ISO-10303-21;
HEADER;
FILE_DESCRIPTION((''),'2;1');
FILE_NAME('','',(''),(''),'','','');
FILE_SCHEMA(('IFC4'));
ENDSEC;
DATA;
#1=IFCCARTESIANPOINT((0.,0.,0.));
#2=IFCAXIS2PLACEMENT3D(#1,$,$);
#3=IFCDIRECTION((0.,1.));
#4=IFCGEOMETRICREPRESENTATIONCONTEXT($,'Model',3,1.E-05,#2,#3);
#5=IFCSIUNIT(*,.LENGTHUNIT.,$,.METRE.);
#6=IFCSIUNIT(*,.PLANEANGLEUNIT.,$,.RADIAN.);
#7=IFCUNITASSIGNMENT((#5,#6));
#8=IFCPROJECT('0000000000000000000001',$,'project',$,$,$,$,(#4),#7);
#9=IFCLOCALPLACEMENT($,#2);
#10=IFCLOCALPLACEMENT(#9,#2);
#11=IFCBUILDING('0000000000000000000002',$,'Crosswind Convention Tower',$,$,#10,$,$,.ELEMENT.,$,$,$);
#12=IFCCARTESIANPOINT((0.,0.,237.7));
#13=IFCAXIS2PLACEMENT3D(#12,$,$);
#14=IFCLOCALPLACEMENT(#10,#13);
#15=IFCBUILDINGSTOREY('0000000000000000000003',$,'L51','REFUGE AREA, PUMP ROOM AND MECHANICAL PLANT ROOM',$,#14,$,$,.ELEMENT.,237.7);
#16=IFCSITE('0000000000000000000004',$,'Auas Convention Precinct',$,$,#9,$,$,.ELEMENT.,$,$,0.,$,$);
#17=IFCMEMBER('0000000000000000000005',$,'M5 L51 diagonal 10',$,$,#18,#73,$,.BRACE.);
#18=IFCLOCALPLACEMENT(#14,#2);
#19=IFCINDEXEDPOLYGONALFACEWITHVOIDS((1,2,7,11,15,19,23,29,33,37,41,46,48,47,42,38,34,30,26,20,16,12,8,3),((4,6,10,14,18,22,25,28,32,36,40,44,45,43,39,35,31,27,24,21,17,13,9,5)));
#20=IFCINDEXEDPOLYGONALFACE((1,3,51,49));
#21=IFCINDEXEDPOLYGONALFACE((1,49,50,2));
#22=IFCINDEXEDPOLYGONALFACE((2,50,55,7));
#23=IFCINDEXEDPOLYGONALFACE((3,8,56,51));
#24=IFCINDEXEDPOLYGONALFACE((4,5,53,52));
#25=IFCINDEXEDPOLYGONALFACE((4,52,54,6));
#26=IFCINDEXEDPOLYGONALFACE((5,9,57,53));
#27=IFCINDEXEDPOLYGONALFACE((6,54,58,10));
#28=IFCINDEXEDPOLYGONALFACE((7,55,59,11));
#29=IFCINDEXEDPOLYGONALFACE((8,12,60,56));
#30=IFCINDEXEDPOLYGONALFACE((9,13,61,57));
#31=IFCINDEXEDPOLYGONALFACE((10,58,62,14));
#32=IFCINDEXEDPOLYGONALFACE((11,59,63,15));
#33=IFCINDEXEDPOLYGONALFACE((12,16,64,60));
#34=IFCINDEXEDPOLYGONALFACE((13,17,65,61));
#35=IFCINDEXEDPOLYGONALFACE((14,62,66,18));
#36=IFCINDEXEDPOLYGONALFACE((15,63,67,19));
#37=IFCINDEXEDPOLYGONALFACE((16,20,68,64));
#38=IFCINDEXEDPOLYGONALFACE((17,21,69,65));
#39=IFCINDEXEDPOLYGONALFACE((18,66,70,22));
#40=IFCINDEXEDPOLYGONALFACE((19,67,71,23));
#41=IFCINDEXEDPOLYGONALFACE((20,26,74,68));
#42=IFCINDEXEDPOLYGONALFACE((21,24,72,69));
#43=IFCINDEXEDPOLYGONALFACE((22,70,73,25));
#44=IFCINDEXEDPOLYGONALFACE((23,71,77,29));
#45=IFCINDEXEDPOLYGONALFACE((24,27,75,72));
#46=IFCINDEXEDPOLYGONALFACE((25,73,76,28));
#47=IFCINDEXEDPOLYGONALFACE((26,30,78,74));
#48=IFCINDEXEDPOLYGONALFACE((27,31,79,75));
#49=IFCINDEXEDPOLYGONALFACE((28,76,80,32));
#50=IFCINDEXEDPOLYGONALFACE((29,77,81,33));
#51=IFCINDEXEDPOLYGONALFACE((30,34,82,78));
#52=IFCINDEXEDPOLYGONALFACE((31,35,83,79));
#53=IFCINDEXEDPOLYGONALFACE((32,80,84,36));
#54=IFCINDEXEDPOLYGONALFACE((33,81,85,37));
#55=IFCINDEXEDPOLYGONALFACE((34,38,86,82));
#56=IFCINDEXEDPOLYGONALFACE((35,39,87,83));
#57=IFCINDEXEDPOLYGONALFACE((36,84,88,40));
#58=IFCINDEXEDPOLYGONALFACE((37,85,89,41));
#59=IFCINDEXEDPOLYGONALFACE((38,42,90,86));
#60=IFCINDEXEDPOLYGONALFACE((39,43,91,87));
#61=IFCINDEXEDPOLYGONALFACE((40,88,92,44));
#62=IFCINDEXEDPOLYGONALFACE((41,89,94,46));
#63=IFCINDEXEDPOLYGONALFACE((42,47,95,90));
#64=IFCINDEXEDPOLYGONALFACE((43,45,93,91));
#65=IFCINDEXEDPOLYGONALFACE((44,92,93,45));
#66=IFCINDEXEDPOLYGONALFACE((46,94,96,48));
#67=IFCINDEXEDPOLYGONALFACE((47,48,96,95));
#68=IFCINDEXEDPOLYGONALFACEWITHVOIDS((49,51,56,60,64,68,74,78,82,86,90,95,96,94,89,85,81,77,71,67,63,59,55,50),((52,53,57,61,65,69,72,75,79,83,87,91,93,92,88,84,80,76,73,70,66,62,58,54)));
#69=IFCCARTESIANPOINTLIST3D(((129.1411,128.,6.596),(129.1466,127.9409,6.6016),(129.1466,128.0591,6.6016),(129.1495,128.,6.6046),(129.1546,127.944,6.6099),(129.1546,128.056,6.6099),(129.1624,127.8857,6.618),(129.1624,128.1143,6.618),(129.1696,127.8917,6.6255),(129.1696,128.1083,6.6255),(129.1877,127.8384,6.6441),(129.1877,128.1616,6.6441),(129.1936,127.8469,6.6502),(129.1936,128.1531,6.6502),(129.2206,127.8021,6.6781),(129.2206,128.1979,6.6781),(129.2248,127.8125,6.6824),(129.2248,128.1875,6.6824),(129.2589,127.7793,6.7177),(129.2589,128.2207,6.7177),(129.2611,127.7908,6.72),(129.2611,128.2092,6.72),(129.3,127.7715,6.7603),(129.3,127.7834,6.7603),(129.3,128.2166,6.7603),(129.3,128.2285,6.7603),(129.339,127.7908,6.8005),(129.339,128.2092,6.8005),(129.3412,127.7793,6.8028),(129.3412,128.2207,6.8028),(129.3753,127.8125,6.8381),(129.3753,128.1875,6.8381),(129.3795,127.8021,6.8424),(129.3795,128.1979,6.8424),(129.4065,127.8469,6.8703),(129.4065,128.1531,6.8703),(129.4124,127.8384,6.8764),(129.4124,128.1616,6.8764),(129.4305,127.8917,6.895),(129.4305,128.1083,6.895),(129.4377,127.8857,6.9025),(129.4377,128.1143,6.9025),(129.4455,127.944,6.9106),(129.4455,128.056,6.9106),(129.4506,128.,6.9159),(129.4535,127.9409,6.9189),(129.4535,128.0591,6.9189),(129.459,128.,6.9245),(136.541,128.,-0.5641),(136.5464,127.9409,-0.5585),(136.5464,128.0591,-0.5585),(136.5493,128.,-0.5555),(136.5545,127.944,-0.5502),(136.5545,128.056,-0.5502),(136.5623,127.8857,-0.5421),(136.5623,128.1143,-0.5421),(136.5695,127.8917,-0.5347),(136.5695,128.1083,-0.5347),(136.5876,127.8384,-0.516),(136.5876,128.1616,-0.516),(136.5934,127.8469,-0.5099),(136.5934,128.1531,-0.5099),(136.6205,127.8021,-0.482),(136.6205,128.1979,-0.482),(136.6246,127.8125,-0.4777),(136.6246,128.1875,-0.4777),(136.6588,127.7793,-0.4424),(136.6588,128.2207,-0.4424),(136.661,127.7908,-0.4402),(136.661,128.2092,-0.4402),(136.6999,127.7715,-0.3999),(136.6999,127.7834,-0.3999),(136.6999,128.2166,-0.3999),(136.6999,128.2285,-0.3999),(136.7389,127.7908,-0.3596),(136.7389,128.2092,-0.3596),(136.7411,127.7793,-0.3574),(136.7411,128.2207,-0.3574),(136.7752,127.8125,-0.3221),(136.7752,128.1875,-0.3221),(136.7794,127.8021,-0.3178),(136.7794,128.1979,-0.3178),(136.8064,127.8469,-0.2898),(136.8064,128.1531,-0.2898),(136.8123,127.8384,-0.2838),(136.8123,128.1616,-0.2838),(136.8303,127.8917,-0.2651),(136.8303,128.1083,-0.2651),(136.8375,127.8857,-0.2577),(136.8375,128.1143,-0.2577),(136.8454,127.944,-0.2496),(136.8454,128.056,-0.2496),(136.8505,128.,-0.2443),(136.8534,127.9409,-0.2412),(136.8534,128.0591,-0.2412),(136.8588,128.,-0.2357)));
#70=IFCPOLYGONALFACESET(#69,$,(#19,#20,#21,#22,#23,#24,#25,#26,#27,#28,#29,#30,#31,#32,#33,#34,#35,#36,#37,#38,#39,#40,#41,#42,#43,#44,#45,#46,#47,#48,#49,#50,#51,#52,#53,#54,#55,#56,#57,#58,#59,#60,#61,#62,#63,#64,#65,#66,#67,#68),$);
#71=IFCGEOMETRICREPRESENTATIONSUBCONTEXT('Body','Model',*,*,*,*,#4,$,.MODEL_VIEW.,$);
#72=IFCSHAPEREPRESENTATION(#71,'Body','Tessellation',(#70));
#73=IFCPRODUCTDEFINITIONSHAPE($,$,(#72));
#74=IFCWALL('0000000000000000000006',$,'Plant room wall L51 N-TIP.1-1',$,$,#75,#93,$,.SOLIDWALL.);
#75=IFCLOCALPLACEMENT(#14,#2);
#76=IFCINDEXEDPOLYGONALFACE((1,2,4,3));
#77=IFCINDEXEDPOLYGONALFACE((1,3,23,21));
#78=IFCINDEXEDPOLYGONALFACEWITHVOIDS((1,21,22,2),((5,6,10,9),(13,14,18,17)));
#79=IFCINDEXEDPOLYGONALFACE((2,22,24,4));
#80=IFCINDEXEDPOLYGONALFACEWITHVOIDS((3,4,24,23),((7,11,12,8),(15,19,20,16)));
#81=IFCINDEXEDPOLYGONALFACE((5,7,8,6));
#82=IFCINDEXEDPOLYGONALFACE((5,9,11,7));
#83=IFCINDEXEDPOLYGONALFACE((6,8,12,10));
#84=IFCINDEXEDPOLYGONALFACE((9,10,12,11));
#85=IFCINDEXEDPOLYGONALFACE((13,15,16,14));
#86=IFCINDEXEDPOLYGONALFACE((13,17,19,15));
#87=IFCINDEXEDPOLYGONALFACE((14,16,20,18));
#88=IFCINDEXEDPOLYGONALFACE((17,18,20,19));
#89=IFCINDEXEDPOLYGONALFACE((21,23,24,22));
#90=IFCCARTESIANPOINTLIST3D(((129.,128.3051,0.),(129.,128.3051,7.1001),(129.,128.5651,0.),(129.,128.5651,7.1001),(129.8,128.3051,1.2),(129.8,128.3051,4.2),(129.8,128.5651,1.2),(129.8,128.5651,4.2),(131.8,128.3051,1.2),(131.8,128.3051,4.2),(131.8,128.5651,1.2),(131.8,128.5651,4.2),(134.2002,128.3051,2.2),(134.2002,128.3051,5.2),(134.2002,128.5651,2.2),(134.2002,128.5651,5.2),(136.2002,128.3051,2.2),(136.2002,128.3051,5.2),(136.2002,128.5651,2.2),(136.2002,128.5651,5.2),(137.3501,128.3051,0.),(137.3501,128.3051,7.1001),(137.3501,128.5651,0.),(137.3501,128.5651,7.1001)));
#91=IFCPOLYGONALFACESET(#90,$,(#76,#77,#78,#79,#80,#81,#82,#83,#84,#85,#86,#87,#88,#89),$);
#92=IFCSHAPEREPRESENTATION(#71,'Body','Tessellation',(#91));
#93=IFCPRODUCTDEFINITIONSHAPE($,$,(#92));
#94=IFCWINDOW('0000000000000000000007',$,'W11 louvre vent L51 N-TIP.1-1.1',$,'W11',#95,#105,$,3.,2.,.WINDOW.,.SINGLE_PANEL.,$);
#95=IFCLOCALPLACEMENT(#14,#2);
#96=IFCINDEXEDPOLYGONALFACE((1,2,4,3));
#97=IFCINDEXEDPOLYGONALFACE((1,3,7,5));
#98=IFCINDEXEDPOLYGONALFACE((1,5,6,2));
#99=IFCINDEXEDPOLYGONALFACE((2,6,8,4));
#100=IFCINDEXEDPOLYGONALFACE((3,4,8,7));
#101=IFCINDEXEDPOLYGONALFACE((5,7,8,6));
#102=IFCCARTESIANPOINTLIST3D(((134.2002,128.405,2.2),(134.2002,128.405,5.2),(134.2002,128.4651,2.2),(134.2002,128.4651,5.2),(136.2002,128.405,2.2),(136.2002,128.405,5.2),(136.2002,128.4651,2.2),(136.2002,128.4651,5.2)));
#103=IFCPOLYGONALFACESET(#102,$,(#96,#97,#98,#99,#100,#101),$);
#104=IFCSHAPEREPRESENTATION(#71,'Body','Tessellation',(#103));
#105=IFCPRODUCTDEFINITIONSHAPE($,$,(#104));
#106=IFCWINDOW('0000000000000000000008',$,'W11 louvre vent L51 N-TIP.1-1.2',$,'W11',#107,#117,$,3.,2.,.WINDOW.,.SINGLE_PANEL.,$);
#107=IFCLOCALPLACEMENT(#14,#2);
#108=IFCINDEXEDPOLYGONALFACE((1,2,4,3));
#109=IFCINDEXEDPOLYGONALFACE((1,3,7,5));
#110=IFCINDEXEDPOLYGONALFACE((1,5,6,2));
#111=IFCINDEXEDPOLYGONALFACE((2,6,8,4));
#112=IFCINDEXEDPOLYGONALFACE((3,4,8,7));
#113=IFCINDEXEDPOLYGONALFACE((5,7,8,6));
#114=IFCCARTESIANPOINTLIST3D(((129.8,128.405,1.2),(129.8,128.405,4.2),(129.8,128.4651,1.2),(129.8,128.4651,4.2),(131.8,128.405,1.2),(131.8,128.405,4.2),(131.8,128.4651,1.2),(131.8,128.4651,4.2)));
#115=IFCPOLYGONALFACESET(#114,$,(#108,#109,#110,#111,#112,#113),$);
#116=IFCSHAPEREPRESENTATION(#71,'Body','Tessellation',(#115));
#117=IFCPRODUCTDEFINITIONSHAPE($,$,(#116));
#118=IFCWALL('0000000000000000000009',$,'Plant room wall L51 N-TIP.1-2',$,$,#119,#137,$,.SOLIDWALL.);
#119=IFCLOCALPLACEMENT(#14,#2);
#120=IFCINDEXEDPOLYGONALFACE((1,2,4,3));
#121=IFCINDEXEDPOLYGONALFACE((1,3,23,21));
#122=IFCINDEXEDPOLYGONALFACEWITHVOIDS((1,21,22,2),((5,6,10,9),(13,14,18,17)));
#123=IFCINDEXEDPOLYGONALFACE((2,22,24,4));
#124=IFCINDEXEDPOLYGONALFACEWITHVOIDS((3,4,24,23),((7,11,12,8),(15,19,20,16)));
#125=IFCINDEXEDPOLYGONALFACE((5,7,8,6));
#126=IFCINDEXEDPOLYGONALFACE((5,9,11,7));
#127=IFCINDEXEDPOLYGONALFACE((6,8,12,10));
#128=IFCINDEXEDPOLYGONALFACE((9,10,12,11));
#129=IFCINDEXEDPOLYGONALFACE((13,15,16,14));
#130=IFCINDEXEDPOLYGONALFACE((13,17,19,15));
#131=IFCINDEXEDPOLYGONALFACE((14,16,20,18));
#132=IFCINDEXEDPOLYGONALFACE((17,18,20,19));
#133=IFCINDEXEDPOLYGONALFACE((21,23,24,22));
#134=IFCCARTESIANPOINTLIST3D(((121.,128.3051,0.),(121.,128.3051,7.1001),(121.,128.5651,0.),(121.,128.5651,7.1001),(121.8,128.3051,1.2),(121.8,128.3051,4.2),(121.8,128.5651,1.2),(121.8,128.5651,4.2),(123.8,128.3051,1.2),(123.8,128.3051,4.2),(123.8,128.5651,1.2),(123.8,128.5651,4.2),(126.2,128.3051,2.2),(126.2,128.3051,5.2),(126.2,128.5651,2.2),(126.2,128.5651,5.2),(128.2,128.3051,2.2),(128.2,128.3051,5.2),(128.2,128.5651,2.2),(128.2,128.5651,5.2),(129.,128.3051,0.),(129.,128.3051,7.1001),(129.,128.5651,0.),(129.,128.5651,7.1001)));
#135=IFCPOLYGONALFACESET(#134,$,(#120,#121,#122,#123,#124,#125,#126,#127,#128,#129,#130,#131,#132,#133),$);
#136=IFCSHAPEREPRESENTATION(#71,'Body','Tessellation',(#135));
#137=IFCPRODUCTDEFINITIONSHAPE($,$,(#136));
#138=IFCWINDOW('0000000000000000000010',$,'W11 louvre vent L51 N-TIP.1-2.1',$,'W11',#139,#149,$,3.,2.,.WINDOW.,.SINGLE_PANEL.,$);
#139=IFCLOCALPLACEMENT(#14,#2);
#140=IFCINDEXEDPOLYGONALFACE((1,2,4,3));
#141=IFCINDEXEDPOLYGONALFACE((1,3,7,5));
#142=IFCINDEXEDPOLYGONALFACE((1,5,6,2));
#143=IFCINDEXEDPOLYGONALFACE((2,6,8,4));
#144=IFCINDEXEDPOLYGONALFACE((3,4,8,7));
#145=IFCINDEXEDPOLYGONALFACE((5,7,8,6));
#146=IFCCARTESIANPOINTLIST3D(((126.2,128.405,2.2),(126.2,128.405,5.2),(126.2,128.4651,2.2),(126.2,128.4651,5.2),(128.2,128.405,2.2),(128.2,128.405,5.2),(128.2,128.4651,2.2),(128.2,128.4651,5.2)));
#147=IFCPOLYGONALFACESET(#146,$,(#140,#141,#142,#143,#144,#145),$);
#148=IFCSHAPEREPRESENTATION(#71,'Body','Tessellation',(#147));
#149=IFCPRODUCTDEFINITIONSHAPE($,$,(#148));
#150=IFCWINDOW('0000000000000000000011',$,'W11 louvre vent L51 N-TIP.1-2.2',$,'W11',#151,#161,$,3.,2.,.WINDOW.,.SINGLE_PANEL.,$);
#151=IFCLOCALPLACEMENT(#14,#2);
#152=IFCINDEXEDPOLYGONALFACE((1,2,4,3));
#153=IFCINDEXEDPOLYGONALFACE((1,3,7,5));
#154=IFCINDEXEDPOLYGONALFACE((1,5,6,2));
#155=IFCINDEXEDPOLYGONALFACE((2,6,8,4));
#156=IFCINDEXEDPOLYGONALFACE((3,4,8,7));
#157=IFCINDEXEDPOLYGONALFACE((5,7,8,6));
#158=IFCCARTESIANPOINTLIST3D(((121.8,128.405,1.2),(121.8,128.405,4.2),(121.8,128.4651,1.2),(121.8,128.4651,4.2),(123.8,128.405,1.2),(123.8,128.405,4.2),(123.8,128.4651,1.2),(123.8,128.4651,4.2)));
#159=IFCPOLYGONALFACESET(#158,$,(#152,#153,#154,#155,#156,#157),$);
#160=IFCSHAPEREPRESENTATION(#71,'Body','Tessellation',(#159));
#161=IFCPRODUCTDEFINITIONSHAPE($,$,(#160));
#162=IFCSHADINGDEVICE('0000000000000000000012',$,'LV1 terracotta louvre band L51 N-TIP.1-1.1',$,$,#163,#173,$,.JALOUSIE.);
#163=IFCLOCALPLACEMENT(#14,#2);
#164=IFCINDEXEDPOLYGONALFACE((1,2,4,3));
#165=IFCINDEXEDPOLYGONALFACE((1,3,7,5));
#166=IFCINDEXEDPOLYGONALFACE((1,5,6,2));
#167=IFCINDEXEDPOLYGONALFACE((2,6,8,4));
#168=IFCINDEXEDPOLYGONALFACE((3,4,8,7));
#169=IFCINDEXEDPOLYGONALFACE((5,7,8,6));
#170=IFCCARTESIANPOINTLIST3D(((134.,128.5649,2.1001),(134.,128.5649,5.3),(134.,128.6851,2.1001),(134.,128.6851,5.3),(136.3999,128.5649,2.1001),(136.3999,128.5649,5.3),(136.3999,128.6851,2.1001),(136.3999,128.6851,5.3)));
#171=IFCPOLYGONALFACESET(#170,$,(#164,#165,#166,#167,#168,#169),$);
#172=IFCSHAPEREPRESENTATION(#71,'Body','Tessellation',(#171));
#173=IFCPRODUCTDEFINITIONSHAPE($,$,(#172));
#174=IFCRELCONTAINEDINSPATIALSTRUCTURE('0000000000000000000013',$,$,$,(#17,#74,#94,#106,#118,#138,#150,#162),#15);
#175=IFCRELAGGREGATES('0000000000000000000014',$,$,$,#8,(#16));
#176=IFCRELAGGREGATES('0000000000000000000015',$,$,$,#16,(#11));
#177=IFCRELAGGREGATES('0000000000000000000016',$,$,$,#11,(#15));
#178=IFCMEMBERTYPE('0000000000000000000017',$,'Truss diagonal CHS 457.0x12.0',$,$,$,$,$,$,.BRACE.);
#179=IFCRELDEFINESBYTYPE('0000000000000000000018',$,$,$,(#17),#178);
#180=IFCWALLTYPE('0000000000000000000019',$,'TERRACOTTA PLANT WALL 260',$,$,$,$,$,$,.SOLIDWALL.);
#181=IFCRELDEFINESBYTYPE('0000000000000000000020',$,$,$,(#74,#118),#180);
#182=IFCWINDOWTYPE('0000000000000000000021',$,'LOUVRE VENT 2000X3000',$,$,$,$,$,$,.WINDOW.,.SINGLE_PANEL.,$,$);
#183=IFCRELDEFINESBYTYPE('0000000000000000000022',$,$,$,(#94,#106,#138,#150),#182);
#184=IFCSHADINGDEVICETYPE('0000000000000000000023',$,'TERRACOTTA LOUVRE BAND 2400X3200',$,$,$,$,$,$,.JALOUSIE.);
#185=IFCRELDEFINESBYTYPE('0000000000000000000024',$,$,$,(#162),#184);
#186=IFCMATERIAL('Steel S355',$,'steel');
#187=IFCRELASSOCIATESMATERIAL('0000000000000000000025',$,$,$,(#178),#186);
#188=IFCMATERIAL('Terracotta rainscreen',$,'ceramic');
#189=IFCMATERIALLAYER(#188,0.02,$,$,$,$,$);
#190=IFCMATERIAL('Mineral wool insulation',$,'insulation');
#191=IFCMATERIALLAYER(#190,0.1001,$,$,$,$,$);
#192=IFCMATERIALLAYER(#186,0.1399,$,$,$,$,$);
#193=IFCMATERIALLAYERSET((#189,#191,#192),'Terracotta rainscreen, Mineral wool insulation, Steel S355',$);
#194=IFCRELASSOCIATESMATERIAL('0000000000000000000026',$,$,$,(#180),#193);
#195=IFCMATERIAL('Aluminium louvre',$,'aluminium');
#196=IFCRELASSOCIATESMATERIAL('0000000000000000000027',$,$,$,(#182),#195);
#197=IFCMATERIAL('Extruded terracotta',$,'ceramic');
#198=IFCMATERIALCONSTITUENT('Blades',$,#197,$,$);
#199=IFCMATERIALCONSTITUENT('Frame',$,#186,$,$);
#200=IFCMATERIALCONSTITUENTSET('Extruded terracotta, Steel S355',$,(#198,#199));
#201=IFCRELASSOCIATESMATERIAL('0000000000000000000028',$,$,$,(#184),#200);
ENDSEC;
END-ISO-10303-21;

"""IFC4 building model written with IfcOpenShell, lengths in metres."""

from ifc_helpers import new_model, si_unit, direction, frame, frame_2d, origin, origin_2d, place, context, subcontext, project, spatial, rectangle, hollow_circle, extrude, material, layer, layer_set, constituent, constituent_set, material_profile, profile_set, type_object, element, fill, save


model = new_model("IFC4")

# Units and contexts
model_context = context("Model", 3, precision=1e-05, world=origin(), true_north=direction((0.0, 1.0)))
body_context = subcontext(model_context, "Body", "Model", "MODEL_VIEW")
ifc_project = project(units=[si_unit("LENGTHUNIT", "METRE"), si_unit("PLANEANGLEUNIT", "RADIAN")], contexts=[model_context])

# Site, building, storey
site_placement = place(None, origin())
site = spatial("IfcSite", under=ifc_project, at=site_placement, Name="Auas Convention Precinct", CompositionType="ELEMENT", RefElevation=0.0)
building_placement = place(site_placement, origin())
building = spatial("IfcBuilding", under=site, at=building_placement, Name="Crosswind Convention Tower", CompositionType="ELEMENT")
storey_placement = place(building_placement, frame((0.0, 0.0, 237.7)))
storey = spatial("IfcBuildingStorey", under=building, at=storey_placement, Name="L51", Description="REFUGE AREA, PUMP ROOM AND MECHANICAL PLANT ROOM", CompositionType="ELEMENT", Elevation=237.7)

# Member
ifc_material_1 = material(Name="Steel S355", Category="steel")
ifc_material_profile_1 = material_profile(ifc_material_1, hollow_circle(Radius=0.2285, WallThickness=0.012, at=origin_2d()), Name="CHS 457.0x12.0")
ifc_profile_set_1 = profile_set([ifc_material_profile_1], Name="Steel S355")
member_type_1 = type_object("IfcMemberType", Name="Truss diagonal CHS 457.0x12.0", PredefinedType="BRACE", material=ifc_profile_set_1)
member_1_placement = place(storey_placement, frame((129.3, 128.0, 6.7603), z_axis=(0.718653, 0.0, -0.695369), x_axis=(0.0, 1.0, 0.0)))
element("IfcMember", 1, at=member_1_placement, inside=storey, type_object=member_type_1, Name="M5 L51 diagonal 10", PredefinedType="BRACE", context=body_context, shape_type="SweptSolid", body=[
    extrude(hollow_circle(Radius=0.2285, WallThickness=0.012, at=origin_2d()), origin(), (0.0, 0.0, 1.0), 10.2969),
])

# Walls, openings, windows
ifc_material_2 = material(Name="Terracotta rainscreen", Category="ceramic")
ifc_layer_1 = layer(ifc_material_2, 0.02)
ifc_material_3 = material(Name="Mineral wool insulation", Category="insulation")
ifc_layer_2 = layer(ifc_material_3, 0.1001)
ifc_layer_3 = layer(ifc_material_1, 0.1399)
ifc_layer_set_1 = layer_set([ifc_layer_1, ifc_layer_2, ifc_layer_3], Name="Terracotta rainscreen, Mineral wool insulation, Steel S355")
wall_type = type_object("IfcWallType", Name="TERRACOTTA PLANT WALL 260", PredefinedType="SOLIDWALL", material=ifc_layer_set_1)
wall_1_placement = place(storey_placement, frame((137.3501, 128.4351, 0.0), z_axis=(0.0, 0.0, 1.0), x_axis=(-1.0, 0.0, 0.0)))
wall_1 = element("IfcWall", 2, at=wall_1_placement, inside=storey, type_object=wall_type, Name="Plant room wall L51 N-TIP.1-1", PredefinedType="SOLIDWALL", context=body_context, shape_type="SweptSolid", body=[
    extrude(rectangle(XDim=8.3501, YDim=0.26, at=frame_2d((4.175, 0.0))), origin(), (0.0, 0.0, 1.0), 7.1001),
])
opening_1_placement = place(wall_1_placement, frame((1.1499, 0.0, 2.2)))
opening_1 = element("IfcOpeningElement", 3, at=opening_1_placement, cuts=wall_1, PredefinedType="OPENING", context=body_context, shape_type="SweptSolid", body=[
    extrude(rectangle(XDim=2.0, YDim=3.0, at=frame_2d((1.0, 1.5))), frame((0.0, 0.1399, 0.0), z_axis=(0.0, -1.0, 0.0), x_axis=(1.0, 0.0, 0.0)), (0.0, 0.0, 1.0), 0.28),
])
opening_2_placement = place(wall_1_placement, frame((5.55, 0.0, 1.2)))
opening_2 = element("IfcOpeningElement", 4, at=opening_2_placement, cuts=wall_1, PredefinedType="OPENING", context=body_context, shape_type="SweptSolid", body=[
    extrude(rectangle(XDim=2.0, YDim=3.0, at=frame_2d((1.0, 1.5))), frame((0.0, 0.1399, 0.0), z_axis=(0.0, -1.0, 0.0), x_axis=(1.0, 0.0, 0.0)), (0.0, 0.0, 1.0), 0.28),
])
ifc_material_4 = material(Name="Aluminium louvre", Category="aluminium")
window_type = type_object("IfcWindowType", Name="LOUVRE VENT 2000X3000", PartitioningType="SINGLE_PANEL", PredefinedType="WINDOW", material=ifc_material_4)
window_1_placement = place(opening_1_placement, origin())
window_1 = element("IfcWindow", 5, at=window_1_placement, inside=storey, type_object=window_type, Name="W11 louvre vent L51 N-TIP.1-1.1", ObjectType="W11", OverallHeight=3.0, OverallWidth=2.0, PartitioningType="SINGLE_PANEL", PredefinedType="WINDOW", context=body_context, shape_type="SweptSolid", body=[
    extrude(rectangle(XDim=2.0, YDim=3.0, at=frame_2d((1.0, 1.5))), frame((0.0, 0.03, 0.0), z_axis=(0.0, -1.0, 0.0), x_axis=(1.0, 0.0, 0.0)), (0.0, 0.0, 1.0), 0.0601),
])
fill(opening_1, window_1)
window_2_placement = place(opening_2_placement, origin())
window_2 = element("IfcWindow", 6, at=window_2_placement, inside=storey, type_object=window_type, Name="W11 louvre vent L51 N-TIP.1-1.2", ObjectType="W11", OverallHeight=3.0, OverallWidth=2.0, PartitioningType="SINGLE_PANEL", PredefinedType="WINDOW", context=body_context, shape_type="SweptSolid", body=[
    extrude(rectangle(XDim=2.0, YDim=3.0, at=frame_2d((1.0, 1.5))), frame((0.0, 0.03, 0.0), z_axis=(0.0, -1.0, 0.0), x_axis=(1.0, 0.0, 0.0)), (0.0, 0.0, 1.0), 0.0601),
])
fill(opening_2, window_2)
wall_2_placement = place(storey_placement, frame((129.0, 128.4351, 0.0), z_axis=(0.0, 0.0, 1.0), x_axis=(-1.0, 0.0, 0.0)))
wall_2 = element("IfcWall", 7, at=wall_2_placement, inside=storey, type_object=wall_type, Name="Plant room wall L51 N-TIP.1-2", PredefinedType="SOLIDWALL", context=body_context, shape_type="SweptSolid", body=[
    extrude(rectangle(XDim=8.0, YDim=0.26, at=frame_2d((4.0, 0.0))), origin(), (0.0, 0.0, 1.0), 7.1001),
])
opening_3_placement = place(wall_2_placement, frame((0.8, 0.0, 2.2)))
opening_3 = element("IfcOpeningElement", 8, at=opening_3_placement, cuts=wall_2, PredefinedType="OPENING", context=body_context, shape_type="SweptSolid", body=[
    extrude(rectangle(XDim=2.0, YDim=3.0, at=frame_2d((1.0, 1.5))), frame((0.0, 0.1399, 0.0), z_axis=(0.0, -1.0, 0.0), x_axis=(1.0, 0.0, 0.0)), (0.0, 0.0, 1.0), 0.28),
])
opening_4_placement = place(wall_2_placement, frame((5.2, 0.0, 1.2)))
opening_4 = element("IfcOpeningElement", 9, at=opening_4_placement, cuts=wall_2, PredefinedType="OPENING", context=body_context, shape_type="SweptSolid", body=[
    extrude(rectangle(XDim=2.0, YDim=3.0, at=frame_2d((1.0, 1.5))), frame((0.0, 0.1399, 0.0), z_axis=(0.0, -1.0, 0.0), x_axis=(1.0, 0.0, 0.0)), (0.0, 0.0, 1.0), 0.28),
])
window_3_placement = place(opening_3_placement, origin())
window_3 = element("IfcWindow", 10, at=window_3_placement, inside=storey, type_object=window_type, Name="W11 louvre vent L51 N-TIP.1-2.1", ObjectType="W11", OverallHeight=3.0, OverallWidth=2.0, PartitioningType="SINGLE_PANEL", PredefinedType="WINDOW", context=body_context, shape_type="SweptSolid", body=[
    extrude(rectangle(XDim=2.0, YDim=3.0, at=frame_2d((1.0, 1.5))), frame((0.0, 0.03, 0.0), z_axis=(0.0, -1.0, 0.0), x_axis=(1.0, 0.0, 0.0)), (0.0, 0.0, 1.0), 0.0601),
])
fill(opening_3, window_3)
window_4_placement = place(opening_4_placement, origin())
window_4 = element("IfcWindow", 11, at=window_4_placement, inside=storey, type_object=window_type, Name="W11 louvre vent L51 N-TIP.1-2.2", ObjectType="W11", OverallHeight=3.0, OverallWidth=2.0, PartitioningType="SINGLE_PANEL", PredefinedType="WINDOW", context=body_context, shape_type="SweptSolid", body=[
    extrude(rectangle(XDim=2.0, YDim=3.0, at=frame_2d((1.0, 1.5))), frame((0.0, 0.03, 0.0), z_axis=(0.0, -1.0, 0.0), x_axis=(1.0, 0.0, 0.0)), (0.0, 0.0, 1.0), 0.0601),
])
fill(opening_4, window_4)

# Shading device
ifc_material_5 = material(Name="Extruded terracotta", Category="ceramic")
ifc_constituent_1 = constituent(ifc_material_5, Name="Blades")
ifc_constituent_2 = constituent(ifc_material_1, Name="Frame")
ifc_constituent_set = constituent_set(constituents=[ifc_constituent_1, ifc_constituent_2], Name="Extruded terracotta, Steel S355")
shading_device_type = type_object("IfcShadingDeviceType", Name="TERRACOTTA LOUVRE BAND 2400X3200", PredefinedType="JALOUSIE", material=ifc_constituent_set)
for number, where, z_axis, x_axis, name in (
    (12, (135.2, 128.625, 2.1001), (0.0, 0.0, 1.0), (-1.0, 0.0, 0.0), "LV1 terracotta louvre band L51 N-TIP.1-1.1"),
):
    element("IfcShadingDevice", number, at=place(storey_placement, frame(where, z_axis=z_axis, x_axis=x_axis)), inside=storey, type_object=shading_device_type, Name=name, PredefinedType="JALOUSIE", context=body_context, shape_type="SweptSolid", body=[
        extrude(rectangle(XDim=2.3999, YDim=0.1201, at=origin_2d()), origin(), (0.0, 0.0, 1.0), 3.2),
    ])

save(model, "model.ifc")
